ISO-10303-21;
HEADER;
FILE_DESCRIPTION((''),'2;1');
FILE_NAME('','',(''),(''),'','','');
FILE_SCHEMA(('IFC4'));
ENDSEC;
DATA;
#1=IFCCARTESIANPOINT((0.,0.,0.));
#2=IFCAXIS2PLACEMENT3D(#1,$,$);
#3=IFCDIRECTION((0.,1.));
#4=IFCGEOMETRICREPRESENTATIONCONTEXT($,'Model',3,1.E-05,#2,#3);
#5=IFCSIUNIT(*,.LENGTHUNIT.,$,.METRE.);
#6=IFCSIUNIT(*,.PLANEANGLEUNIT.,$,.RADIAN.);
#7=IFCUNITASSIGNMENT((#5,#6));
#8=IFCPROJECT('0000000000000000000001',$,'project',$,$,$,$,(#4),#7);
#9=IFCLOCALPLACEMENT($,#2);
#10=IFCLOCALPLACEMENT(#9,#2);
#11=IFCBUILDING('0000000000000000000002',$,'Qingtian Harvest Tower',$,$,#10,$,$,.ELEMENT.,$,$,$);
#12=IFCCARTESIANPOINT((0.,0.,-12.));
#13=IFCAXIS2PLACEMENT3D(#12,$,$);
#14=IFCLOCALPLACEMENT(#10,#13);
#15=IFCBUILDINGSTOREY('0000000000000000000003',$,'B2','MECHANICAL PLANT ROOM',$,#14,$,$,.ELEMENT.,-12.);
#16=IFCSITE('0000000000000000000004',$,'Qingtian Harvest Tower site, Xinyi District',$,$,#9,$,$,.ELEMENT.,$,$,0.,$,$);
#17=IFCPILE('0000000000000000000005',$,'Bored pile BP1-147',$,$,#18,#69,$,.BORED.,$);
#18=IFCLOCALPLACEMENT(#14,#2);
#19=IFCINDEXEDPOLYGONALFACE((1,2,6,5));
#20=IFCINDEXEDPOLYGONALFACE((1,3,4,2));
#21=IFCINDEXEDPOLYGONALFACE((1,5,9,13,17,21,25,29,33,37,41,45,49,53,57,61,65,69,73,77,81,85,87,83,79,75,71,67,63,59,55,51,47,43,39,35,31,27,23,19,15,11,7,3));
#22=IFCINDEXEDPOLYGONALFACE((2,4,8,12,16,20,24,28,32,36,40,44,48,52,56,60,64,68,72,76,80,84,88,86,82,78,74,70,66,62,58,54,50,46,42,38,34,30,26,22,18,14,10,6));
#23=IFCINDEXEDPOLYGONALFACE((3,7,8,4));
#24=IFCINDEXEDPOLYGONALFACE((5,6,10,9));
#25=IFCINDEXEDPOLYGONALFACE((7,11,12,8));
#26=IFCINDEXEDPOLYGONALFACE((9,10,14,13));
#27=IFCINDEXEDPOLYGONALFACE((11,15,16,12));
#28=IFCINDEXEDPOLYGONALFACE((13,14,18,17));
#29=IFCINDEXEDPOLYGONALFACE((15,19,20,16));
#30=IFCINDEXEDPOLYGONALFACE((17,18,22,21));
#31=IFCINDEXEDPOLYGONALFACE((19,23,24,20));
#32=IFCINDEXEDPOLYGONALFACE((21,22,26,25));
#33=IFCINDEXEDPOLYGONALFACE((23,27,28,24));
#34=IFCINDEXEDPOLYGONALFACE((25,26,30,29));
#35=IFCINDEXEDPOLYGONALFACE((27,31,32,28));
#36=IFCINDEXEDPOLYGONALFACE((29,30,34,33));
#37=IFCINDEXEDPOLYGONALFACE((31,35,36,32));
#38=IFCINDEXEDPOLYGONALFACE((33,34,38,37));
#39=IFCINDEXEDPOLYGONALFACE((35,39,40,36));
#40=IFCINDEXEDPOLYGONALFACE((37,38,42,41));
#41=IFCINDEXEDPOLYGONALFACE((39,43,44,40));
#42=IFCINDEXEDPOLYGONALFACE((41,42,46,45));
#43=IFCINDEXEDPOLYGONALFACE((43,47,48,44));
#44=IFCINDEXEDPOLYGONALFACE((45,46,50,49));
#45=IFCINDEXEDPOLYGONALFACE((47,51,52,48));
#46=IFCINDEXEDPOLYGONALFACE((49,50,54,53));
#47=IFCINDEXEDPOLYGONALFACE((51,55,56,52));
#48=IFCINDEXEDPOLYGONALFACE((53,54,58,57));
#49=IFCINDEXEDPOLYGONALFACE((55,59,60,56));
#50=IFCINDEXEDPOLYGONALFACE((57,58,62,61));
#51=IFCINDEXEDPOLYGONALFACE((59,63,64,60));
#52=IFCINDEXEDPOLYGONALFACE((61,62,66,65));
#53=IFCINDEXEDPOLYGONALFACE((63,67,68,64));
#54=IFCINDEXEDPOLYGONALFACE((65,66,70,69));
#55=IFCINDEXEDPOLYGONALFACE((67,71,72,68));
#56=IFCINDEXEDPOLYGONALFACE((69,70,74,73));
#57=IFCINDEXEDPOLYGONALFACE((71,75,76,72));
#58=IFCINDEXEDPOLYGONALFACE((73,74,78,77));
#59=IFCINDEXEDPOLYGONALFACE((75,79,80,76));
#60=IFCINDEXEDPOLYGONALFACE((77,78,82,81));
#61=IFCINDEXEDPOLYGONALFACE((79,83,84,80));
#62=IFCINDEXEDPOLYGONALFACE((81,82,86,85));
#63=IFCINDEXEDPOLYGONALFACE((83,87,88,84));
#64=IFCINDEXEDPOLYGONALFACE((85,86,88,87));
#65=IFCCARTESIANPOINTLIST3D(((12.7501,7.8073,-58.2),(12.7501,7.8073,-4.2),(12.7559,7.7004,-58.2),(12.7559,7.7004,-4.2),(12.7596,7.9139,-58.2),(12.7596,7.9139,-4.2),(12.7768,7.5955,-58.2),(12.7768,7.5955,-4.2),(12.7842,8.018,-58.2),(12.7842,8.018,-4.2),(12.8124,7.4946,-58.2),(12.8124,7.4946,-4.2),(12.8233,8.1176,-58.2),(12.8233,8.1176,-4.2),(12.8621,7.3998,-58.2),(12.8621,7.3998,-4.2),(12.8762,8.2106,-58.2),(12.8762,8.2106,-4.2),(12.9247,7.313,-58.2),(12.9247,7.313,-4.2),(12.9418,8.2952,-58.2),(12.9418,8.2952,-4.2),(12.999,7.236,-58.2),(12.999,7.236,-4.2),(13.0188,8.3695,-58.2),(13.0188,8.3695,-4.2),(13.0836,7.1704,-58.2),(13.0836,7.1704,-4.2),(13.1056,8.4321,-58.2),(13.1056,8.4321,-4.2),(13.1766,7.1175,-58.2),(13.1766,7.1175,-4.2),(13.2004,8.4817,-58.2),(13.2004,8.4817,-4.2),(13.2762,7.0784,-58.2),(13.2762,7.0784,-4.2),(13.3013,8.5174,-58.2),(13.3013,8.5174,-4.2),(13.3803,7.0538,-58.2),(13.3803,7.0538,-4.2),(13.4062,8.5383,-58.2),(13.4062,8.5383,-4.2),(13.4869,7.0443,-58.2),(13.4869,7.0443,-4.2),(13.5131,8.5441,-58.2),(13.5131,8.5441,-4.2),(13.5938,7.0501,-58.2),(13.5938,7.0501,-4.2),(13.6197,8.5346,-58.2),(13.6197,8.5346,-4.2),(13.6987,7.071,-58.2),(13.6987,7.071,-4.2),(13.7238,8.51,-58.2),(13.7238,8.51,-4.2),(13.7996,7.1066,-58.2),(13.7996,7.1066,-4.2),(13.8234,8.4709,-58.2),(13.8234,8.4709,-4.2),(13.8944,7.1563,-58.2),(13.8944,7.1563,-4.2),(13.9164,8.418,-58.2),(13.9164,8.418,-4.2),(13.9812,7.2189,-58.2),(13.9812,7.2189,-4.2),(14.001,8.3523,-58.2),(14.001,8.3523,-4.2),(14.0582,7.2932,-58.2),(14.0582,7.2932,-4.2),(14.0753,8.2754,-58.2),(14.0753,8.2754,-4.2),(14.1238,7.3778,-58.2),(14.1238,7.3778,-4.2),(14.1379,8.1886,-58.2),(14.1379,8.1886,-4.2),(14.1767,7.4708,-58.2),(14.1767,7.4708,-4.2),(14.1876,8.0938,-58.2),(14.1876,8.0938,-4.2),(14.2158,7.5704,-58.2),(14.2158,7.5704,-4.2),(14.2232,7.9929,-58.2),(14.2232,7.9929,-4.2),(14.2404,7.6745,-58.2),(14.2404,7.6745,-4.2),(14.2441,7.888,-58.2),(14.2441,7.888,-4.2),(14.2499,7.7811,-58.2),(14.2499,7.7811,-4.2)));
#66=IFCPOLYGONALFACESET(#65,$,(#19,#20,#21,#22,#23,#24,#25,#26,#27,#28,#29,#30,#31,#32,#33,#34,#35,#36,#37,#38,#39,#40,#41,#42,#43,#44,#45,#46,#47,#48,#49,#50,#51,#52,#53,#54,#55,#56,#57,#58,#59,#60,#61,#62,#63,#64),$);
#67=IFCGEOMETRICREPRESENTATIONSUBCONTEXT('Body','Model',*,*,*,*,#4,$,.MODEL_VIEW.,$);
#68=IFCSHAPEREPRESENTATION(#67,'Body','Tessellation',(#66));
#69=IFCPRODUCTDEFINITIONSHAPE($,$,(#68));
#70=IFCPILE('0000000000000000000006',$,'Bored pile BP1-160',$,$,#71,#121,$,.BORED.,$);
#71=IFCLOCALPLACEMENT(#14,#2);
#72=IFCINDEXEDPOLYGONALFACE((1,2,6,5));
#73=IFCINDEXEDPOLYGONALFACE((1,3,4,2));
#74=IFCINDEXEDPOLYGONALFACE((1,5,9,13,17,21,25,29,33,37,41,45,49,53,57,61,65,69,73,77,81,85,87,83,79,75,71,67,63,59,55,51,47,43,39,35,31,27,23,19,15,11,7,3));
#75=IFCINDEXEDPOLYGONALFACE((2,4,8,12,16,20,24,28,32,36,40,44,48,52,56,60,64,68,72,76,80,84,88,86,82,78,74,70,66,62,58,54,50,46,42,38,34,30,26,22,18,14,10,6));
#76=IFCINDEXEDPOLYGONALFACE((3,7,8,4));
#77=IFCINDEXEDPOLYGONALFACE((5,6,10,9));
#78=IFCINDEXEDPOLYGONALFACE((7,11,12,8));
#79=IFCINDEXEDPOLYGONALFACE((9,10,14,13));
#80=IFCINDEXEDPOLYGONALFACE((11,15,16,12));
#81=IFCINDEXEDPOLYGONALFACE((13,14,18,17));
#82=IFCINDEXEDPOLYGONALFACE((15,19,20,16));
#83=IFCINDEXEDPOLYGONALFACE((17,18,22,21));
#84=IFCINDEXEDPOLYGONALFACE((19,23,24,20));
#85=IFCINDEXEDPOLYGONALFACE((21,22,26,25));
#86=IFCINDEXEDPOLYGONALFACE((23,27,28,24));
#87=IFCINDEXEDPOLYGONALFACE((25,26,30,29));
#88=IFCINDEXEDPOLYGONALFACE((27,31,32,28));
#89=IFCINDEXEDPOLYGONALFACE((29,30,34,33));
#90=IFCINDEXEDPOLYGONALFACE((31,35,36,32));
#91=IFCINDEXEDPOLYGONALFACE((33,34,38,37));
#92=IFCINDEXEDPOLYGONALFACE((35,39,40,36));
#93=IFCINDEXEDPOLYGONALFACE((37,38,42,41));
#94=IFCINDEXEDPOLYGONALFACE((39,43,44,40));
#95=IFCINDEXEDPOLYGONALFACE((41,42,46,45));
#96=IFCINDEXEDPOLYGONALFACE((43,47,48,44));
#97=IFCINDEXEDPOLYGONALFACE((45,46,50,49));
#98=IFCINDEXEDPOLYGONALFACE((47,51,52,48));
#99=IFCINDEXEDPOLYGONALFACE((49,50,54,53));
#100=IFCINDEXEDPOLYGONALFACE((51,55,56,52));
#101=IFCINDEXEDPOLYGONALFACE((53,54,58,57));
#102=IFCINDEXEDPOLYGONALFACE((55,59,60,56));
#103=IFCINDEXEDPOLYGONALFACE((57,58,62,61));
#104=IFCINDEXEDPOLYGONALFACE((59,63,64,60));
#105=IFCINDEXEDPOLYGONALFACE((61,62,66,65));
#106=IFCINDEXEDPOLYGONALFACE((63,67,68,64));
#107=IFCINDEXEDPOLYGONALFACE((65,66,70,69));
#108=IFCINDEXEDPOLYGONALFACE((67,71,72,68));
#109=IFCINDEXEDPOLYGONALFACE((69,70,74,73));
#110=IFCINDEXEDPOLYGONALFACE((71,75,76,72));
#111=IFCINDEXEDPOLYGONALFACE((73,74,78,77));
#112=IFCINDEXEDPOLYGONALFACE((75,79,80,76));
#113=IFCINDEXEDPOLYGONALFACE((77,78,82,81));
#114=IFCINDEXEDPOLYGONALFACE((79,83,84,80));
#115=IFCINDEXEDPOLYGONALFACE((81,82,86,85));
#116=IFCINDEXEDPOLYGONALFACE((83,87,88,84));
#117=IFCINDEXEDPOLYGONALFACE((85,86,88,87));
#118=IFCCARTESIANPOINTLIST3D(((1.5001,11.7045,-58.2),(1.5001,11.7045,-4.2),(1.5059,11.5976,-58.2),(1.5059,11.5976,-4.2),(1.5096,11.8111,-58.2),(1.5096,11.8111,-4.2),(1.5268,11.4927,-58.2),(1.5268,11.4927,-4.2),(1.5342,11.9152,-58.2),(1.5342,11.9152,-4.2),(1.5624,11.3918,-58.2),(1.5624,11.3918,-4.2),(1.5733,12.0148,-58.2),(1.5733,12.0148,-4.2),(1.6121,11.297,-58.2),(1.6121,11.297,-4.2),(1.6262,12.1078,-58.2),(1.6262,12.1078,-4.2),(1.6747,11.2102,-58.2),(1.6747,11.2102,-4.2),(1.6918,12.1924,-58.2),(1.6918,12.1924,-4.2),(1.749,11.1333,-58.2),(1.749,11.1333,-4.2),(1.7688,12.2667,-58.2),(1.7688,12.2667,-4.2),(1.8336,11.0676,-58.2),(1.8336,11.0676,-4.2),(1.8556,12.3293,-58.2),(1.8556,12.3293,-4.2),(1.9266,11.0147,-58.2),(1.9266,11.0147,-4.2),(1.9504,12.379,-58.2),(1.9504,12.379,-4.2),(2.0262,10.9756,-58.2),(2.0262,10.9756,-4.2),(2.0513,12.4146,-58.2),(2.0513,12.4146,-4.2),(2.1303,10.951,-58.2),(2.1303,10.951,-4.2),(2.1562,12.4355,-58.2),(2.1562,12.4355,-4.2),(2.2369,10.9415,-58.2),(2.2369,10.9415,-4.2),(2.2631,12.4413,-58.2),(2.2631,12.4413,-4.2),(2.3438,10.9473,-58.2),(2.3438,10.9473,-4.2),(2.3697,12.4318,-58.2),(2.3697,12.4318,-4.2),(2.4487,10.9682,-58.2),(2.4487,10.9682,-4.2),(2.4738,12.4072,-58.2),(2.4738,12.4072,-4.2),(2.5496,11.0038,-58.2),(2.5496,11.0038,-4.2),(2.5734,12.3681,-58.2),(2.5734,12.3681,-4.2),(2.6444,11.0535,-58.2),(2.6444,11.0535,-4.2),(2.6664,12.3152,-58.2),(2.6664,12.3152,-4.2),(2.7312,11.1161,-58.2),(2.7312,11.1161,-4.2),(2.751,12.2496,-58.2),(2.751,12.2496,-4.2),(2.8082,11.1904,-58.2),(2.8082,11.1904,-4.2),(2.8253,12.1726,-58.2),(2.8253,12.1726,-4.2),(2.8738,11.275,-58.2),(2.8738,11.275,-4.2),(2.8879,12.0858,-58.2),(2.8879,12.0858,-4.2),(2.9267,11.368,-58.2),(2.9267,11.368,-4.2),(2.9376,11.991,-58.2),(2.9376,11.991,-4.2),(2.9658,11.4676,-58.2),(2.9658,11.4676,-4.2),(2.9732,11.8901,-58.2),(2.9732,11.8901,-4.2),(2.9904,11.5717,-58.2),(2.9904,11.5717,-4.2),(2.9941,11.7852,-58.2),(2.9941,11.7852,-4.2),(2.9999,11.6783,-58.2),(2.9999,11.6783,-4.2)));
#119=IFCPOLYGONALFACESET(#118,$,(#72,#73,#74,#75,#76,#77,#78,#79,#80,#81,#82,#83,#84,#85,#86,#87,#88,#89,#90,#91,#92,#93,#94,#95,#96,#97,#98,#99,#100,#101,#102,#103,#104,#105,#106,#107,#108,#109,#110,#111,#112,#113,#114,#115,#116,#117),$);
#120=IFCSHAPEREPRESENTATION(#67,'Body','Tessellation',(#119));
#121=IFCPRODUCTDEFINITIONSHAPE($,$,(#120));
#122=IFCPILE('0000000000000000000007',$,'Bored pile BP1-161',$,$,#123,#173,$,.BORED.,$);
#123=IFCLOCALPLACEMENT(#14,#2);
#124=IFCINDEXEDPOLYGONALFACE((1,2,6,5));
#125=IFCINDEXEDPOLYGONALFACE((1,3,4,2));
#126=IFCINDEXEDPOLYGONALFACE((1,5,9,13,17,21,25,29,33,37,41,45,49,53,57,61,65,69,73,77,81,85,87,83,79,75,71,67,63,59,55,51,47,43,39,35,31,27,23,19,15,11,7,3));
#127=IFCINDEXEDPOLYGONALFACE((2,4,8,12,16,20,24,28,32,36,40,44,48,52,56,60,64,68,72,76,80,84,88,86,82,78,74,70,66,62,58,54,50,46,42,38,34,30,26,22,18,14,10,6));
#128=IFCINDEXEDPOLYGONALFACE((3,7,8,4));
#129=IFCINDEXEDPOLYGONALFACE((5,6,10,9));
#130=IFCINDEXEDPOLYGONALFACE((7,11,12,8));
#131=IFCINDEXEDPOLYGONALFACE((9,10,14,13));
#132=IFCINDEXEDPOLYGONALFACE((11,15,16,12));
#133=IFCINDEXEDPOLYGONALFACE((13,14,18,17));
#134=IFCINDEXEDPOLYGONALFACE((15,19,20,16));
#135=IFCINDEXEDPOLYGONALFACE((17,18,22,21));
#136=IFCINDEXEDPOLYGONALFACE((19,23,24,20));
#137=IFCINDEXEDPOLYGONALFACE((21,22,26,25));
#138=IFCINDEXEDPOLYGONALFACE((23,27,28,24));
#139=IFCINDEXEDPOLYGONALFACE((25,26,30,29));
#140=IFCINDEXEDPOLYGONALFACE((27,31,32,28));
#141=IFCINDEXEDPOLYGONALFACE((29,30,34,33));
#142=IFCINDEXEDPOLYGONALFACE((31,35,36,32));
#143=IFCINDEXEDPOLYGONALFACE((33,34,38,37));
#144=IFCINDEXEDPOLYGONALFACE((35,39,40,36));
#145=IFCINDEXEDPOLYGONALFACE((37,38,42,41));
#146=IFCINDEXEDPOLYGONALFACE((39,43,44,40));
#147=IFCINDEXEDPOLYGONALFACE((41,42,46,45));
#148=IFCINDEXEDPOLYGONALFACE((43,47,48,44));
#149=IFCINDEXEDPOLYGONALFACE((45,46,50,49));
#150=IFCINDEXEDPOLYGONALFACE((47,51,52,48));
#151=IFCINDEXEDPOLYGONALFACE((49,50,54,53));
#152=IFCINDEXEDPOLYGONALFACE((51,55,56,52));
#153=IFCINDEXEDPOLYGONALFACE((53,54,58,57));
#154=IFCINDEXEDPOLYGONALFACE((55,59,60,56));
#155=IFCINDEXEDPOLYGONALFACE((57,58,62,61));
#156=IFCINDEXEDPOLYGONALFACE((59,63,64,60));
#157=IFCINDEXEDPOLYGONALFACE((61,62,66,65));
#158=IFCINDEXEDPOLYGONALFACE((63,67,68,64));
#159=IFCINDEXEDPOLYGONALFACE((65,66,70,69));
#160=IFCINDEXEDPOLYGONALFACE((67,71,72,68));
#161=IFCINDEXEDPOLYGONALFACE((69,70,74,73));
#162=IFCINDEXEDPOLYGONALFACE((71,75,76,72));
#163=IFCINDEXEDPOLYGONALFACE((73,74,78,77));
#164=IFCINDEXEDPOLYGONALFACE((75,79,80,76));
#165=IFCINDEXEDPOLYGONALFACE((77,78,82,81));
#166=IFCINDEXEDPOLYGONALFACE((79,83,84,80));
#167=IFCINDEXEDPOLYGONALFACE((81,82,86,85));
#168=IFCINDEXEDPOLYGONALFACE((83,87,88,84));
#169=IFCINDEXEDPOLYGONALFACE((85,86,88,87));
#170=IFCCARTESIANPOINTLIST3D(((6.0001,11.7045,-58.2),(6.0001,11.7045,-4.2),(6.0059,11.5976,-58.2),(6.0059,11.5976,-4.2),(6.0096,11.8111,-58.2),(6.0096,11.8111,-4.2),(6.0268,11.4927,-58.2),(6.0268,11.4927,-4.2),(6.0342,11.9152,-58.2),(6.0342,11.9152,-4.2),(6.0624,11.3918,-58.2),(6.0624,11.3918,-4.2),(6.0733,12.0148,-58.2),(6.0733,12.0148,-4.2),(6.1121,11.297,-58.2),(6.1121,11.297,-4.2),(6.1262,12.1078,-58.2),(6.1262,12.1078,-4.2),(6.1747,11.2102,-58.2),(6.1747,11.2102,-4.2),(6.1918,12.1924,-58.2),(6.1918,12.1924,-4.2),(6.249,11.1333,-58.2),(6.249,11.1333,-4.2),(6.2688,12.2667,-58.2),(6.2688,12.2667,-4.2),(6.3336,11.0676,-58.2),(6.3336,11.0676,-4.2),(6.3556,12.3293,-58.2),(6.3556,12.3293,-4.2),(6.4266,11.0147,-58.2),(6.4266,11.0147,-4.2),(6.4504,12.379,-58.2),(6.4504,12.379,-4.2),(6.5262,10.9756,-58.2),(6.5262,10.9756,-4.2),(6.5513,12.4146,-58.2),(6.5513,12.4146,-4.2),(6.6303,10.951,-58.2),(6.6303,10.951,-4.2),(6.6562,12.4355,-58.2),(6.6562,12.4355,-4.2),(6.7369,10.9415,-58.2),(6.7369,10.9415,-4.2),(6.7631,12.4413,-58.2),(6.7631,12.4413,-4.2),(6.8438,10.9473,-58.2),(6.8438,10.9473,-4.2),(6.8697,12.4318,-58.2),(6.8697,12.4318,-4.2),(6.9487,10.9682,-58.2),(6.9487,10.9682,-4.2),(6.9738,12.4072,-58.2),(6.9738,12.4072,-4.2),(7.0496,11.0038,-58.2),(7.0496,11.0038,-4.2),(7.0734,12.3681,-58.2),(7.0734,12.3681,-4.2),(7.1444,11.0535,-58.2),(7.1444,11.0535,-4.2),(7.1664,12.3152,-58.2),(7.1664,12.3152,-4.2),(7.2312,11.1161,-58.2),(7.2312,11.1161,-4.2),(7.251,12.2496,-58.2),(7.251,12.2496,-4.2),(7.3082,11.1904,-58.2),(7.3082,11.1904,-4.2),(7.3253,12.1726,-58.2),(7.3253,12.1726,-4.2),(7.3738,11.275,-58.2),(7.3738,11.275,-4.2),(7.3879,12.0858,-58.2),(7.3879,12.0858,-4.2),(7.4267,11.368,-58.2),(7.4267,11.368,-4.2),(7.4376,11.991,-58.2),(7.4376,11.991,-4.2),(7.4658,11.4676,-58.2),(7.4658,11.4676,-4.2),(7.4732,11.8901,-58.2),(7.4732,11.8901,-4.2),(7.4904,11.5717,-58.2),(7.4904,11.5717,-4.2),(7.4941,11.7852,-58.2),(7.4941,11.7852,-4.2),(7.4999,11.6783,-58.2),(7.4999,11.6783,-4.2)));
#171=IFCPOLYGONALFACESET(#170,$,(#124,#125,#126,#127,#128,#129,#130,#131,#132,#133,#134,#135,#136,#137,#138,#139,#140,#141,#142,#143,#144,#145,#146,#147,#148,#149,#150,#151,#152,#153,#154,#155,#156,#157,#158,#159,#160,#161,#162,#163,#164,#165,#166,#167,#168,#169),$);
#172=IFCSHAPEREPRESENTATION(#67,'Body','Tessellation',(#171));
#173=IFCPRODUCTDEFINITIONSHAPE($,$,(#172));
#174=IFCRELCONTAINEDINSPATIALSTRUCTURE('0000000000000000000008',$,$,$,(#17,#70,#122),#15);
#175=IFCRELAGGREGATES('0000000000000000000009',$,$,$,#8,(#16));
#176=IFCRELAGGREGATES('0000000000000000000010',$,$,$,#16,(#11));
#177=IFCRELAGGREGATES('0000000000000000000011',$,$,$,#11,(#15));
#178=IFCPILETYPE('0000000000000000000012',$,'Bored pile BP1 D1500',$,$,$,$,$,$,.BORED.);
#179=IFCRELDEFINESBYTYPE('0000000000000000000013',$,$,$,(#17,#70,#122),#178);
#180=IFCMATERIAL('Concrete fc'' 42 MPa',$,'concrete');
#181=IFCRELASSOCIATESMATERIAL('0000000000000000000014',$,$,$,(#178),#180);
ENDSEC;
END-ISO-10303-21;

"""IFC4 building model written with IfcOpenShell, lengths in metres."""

from ifc_helpers import new_model, si_unit, direction, frame, frame_2d, origin, place, context, subcontext, project, spatial, circle, extrude, material, material_profile, profile_set, type_object, element, save


model = new_model("IFC4")

# Units and contexts
model_context = context("Model", 3, precision=1e-05, world=origin(), true_north=direction((0.0, 1.0)))
body_context = subcontext(model_context, "Body", "Model", "MODEL_VIEW")
ifc_project = project(units=[si_unit("LENGTHUNIT", "METRE"), si_unit("PLANEANGLEUNIT", "RADIAN")], contexts=[model_context])

# Site, building, storey
site_placement = place(None, origin())
site = spatial("IfcSite", under=ifc_project, at=site_placement, Name="Qingtian Harvest Tower site, Xinyi District", CompositionType="ELEMENT", RefElevation=0.0)
building_placement = place(site_placement, origin())
building = spatial("IfcBuilding", under=site, at=building_placement, Name="Qingtian Harvest Tower", CompositionType="ELEMENT")
storey_placement = place(building_placement, frame((0.0, 0.0, -12.0)))
storey = spatial("IfcBuildingStorey", under=building, at=storey_placement, Name="B2", Description="MECHANICAL PLANT ROOM", CompositionType="ELEMENT", Elevation=-12.0)

# Piles
ifc_material_1 = material(Name="Concrete fc' 42 MPa", Category="concrete")
ifc_material_profile = material_profile(ifc_material_1, circle(Radius=0.75, at=frame_2d((0.0, 0.0), x_axis=(0.999848, 0.017452))), Name="Bored pile BP1 D1500")
ifc_profile_set = profile_set([ifc_material_profile], Name="Concrete fc' 42 MPa")
pile_type = type_object("IfcPileType", Name="Bored pile BP1 D1500", PredefinedType="BORED", material=ifc_profile_set)
for number, where, z_axis, x_axis, name in (
    (1, (13.5, 7.7942, -4.2), (0.0, 0.0, -1.0), (1.0, 0.0, 0.0), "Bored pile BP1-147"),
    (2, (2.25, 11.6914, -4.2), (0.0, 0.0, -1.0), (1.0, 0.0, 0.0), "Bored pile BP1-160"),
    (3, (6.75, 11.6914, -4.2), (0.0, 0.0, -1.0), (1.0, 0.0, 0.0), "Bored pile BP1-161"),
):
    element("IfcPile", number, at=place(storey_placement, frame(where, z_axis=z_axis, x_axis=x_axis)), inside=storey, type_object=pile_type, Name=name, PredefinedType="BORED", context=body_context, shape_type="SweptSolid", body=[
        extrude(circle(Radius=0.75, at=frame_2d((0.0, 0.0), x_axis=(0.999848, 0.017452))), origin(), (0.0, 0.0, 1.0), 54.0),
    ])

save(model, "model.ifc")
